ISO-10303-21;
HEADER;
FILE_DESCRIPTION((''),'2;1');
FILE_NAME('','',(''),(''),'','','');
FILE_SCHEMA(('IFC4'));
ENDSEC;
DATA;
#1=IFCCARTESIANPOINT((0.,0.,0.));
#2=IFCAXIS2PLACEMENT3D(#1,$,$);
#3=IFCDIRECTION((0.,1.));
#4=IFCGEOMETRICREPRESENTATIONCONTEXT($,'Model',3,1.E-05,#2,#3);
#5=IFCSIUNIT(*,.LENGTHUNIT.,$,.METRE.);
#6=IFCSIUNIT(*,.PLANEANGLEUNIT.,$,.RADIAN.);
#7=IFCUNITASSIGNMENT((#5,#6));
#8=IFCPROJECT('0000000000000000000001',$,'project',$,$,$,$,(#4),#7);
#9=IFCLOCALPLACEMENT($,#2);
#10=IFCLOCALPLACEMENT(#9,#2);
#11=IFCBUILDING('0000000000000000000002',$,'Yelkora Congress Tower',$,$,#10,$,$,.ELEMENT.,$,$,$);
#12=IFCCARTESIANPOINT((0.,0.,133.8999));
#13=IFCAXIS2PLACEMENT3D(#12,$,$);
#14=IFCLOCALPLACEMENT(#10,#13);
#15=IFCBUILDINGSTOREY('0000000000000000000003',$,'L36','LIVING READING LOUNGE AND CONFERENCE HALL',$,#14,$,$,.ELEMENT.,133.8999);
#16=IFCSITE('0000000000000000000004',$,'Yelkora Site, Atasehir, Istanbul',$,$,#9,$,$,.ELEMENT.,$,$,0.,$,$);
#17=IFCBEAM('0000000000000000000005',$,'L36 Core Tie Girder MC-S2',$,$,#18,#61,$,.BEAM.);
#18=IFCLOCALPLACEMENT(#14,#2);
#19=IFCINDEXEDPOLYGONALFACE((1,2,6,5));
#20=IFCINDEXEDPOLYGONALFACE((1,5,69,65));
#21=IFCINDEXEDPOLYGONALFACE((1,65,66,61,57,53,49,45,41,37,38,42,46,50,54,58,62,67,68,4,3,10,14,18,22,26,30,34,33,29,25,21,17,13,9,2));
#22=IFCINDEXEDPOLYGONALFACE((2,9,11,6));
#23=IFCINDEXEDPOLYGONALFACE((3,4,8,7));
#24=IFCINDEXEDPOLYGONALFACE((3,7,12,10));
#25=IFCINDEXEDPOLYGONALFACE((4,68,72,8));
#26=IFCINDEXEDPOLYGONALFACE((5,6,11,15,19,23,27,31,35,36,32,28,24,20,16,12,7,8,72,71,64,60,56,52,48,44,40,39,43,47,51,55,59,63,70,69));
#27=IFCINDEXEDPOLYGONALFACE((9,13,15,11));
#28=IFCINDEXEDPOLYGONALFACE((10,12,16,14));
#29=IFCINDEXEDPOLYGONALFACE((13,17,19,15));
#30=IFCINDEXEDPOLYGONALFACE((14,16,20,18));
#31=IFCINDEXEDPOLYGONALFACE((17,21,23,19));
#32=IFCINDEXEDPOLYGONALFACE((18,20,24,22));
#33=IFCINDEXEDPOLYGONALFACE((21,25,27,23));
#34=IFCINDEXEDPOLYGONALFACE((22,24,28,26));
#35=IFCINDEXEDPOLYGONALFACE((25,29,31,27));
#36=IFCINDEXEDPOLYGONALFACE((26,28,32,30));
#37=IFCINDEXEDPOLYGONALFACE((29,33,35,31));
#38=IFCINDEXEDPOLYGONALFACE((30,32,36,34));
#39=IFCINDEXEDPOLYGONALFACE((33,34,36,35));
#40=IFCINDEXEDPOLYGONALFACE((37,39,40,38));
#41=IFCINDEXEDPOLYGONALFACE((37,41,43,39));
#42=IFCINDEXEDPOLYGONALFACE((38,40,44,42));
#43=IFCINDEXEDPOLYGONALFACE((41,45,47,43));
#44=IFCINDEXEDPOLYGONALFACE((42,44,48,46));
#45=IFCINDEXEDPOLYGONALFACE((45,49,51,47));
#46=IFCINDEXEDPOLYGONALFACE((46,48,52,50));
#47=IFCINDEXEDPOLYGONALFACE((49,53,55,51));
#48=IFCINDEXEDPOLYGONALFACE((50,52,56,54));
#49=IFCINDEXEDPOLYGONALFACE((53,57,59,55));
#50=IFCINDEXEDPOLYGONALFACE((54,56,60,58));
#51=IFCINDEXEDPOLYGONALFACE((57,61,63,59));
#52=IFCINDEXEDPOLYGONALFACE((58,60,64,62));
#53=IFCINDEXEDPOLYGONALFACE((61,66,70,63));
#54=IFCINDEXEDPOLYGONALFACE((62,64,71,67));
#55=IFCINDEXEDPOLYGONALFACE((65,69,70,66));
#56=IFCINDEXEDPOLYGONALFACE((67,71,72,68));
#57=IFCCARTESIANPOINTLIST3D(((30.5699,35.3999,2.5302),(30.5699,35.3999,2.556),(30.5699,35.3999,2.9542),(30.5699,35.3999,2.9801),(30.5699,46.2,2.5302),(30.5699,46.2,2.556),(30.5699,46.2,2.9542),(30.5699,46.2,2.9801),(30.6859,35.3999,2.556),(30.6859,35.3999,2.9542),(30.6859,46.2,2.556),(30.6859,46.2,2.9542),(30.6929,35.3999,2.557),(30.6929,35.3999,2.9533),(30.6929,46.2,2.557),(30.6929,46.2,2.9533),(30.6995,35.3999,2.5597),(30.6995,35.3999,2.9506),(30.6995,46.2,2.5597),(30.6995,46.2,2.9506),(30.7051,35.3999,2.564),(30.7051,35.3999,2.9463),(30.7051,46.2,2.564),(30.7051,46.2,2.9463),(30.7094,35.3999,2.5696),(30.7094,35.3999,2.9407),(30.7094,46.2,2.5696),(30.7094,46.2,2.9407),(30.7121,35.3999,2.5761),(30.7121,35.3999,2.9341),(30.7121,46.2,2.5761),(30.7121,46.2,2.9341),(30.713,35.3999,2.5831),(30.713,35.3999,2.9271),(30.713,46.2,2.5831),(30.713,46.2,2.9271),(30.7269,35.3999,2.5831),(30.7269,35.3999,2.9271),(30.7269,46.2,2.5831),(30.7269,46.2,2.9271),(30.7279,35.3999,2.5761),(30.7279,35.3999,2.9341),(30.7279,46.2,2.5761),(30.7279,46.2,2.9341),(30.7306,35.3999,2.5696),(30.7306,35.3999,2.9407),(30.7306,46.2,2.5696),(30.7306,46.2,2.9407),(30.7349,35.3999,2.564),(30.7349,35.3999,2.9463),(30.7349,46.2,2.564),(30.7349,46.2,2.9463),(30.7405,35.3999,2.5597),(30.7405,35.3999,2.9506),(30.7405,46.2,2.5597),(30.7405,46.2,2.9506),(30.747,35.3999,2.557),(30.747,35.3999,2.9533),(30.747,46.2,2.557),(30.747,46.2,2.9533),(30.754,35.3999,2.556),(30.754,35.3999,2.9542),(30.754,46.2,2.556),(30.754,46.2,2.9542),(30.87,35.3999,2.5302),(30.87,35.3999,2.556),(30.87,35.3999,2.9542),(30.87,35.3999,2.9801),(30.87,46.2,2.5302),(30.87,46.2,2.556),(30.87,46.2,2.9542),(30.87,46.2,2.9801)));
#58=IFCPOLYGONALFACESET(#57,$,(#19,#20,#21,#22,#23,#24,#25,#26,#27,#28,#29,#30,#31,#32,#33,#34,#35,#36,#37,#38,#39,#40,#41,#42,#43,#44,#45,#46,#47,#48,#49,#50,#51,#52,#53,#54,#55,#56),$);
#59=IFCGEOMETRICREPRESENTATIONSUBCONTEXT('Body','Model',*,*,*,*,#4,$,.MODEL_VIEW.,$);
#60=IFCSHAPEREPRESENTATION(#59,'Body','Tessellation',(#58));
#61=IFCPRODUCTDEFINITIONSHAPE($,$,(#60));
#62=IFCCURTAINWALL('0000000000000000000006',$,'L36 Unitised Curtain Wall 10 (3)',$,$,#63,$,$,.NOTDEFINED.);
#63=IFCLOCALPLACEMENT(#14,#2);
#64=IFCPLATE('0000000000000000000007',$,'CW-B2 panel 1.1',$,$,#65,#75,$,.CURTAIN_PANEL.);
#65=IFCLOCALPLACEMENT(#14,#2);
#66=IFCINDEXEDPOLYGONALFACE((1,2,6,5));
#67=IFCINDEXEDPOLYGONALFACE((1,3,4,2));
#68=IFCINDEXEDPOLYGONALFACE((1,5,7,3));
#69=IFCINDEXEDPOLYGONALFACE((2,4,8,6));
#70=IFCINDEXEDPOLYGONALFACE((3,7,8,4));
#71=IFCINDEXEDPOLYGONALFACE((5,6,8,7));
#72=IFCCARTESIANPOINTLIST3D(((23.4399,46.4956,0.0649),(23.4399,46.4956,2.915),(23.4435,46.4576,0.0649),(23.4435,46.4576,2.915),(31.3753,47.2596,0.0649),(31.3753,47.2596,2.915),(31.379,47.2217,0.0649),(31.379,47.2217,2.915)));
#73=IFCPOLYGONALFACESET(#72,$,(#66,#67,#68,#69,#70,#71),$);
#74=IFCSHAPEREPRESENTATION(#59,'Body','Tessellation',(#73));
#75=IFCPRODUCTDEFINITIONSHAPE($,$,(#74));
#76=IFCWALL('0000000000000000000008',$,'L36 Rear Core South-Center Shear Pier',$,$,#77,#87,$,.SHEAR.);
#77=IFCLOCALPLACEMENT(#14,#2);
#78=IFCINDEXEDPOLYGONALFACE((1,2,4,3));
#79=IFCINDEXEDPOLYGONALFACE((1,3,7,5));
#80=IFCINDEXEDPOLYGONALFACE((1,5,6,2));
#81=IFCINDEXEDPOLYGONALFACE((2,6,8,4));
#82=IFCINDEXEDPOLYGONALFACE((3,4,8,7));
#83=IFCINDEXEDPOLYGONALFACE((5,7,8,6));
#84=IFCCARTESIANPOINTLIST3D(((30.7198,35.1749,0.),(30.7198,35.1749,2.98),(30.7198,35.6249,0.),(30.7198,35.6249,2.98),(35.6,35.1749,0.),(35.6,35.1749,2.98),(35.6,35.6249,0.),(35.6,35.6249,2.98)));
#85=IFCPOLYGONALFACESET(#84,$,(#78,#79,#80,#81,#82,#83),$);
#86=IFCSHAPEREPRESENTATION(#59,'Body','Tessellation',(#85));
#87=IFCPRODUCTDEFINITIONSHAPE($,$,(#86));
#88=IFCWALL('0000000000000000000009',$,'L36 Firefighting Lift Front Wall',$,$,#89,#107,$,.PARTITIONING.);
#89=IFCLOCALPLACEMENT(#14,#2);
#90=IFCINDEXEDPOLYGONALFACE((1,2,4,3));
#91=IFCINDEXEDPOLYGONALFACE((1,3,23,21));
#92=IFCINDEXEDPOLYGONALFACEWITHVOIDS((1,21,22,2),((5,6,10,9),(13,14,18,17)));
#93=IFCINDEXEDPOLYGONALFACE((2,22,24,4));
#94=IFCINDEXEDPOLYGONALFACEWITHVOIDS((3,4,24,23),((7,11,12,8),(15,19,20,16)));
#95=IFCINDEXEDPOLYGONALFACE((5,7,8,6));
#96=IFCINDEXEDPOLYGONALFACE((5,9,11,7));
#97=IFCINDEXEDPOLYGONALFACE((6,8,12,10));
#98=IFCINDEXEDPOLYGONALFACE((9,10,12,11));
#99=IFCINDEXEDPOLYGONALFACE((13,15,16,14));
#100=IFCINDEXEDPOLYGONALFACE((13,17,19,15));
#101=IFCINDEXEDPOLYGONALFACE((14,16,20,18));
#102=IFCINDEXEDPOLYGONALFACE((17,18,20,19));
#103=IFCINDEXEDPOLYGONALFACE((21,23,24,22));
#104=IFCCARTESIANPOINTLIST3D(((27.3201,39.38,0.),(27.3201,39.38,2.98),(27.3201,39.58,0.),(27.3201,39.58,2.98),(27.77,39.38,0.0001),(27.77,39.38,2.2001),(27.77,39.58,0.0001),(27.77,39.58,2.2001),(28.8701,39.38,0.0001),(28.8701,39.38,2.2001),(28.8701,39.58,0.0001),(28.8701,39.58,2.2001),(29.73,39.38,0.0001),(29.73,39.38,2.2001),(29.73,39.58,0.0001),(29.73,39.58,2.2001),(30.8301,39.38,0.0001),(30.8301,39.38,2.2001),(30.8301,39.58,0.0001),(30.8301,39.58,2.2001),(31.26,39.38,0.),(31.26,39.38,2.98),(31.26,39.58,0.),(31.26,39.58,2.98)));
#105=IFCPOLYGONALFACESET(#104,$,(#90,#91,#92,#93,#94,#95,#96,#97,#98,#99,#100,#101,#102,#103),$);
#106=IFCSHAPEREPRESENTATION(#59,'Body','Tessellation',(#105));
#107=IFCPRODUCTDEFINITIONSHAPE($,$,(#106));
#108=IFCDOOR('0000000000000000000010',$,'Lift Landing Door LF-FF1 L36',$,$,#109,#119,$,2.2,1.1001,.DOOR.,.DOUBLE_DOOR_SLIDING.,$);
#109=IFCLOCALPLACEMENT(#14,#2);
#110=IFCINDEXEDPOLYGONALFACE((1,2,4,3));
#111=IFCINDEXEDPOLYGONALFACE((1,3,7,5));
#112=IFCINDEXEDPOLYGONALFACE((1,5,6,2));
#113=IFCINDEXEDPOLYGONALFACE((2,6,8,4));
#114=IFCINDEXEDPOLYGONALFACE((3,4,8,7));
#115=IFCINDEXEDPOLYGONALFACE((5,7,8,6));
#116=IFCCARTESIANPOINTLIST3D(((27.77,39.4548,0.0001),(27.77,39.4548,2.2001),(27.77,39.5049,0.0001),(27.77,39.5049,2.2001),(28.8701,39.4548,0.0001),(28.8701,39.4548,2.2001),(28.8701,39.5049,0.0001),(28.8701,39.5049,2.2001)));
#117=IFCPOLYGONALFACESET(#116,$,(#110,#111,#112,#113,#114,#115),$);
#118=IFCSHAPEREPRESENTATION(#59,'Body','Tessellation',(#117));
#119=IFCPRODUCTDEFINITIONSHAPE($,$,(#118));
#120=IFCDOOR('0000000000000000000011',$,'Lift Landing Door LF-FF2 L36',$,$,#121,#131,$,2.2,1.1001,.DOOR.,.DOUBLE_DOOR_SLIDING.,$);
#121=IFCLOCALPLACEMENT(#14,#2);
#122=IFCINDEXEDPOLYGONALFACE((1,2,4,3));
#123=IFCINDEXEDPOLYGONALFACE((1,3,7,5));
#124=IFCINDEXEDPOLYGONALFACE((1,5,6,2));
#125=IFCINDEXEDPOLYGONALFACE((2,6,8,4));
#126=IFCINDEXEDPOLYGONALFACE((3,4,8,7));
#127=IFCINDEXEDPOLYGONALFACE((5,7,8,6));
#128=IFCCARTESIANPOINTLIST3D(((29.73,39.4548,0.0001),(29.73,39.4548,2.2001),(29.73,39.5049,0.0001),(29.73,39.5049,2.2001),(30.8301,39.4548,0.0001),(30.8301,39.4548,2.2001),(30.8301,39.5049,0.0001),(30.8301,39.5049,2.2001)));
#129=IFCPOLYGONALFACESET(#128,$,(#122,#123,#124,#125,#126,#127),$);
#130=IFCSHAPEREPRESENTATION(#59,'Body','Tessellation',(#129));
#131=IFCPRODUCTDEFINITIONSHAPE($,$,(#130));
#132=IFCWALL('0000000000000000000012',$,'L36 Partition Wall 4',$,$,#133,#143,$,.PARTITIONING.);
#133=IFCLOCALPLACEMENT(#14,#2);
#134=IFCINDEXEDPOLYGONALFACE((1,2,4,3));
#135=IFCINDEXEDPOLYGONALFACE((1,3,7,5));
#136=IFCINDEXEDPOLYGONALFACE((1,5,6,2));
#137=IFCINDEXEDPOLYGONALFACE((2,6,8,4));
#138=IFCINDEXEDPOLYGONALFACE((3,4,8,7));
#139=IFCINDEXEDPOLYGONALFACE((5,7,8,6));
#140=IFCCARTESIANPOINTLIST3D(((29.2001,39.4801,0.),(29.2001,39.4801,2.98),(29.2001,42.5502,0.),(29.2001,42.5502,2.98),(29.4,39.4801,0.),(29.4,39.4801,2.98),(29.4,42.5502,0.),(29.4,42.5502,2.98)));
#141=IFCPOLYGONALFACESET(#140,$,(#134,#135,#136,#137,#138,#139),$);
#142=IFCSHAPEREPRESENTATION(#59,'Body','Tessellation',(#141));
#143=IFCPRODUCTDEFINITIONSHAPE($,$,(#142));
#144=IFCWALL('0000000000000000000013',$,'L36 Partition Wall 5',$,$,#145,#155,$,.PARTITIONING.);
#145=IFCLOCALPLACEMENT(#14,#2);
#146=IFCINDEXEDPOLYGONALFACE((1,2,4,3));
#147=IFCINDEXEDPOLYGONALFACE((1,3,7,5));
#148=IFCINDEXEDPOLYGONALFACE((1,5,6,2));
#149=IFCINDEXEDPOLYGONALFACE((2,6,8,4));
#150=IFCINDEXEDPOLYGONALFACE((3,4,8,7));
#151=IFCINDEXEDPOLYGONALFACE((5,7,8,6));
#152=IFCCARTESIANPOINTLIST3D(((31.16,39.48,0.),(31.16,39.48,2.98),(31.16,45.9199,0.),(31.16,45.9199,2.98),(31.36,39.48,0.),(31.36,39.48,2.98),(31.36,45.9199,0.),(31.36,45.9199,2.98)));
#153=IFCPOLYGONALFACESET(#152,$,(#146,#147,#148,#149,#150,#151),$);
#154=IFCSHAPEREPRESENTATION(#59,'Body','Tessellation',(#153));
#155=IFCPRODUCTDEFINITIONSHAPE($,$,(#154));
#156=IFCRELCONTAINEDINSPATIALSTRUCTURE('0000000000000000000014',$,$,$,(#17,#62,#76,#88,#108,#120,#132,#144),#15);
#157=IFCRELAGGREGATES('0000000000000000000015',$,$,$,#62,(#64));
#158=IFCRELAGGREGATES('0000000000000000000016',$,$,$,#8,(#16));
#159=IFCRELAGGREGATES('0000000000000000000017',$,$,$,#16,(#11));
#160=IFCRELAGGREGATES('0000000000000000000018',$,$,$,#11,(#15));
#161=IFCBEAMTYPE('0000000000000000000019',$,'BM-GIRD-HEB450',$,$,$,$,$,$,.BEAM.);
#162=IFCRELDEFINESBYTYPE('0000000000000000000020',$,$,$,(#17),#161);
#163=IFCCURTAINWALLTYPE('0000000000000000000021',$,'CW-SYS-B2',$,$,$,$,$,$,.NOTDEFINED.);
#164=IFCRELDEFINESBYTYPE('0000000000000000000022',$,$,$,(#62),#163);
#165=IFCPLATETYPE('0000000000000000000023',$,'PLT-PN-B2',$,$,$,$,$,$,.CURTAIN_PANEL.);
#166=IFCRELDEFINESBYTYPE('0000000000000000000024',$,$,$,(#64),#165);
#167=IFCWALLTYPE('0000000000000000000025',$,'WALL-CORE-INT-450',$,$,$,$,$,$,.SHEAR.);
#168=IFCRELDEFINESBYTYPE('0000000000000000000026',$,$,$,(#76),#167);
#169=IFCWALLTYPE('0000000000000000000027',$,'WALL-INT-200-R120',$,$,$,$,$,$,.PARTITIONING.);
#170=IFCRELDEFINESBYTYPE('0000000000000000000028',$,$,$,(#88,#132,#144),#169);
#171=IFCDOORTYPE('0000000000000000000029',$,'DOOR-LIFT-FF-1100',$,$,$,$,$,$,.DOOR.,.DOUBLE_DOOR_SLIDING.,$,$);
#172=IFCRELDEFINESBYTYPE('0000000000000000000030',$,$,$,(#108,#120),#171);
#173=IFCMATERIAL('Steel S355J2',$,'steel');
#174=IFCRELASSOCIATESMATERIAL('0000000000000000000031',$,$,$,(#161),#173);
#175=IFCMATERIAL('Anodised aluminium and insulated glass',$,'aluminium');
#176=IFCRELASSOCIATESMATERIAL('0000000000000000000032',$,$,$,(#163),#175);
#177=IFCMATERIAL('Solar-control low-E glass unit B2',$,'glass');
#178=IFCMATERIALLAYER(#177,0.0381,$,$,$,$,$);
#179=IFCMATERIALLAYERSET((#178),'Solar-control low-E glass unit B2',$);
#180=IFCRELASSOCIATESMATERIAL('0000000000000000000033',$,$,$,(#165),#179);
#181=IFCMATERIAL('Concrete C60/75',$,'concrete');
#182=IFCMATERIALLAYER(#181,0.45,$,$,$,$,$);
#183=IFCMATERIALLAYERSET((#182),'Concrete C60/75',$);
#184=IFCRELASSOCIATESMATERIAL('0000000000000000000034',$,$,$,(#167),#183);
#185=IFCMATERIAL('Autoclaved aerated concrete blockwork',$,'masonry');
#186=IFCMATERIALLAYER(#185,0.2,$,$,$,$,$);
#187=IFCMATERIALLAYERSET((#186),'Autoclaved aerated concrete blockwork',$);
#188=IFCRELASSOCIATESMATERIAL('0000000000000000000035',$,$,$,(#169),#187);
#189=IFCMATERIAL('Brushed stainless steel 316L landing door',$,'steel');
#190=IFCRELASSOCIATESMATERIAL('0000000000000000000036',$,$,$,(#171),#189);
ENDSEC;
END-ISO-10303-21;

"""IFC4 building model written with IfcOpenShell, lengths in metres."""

from ifc_helpers import new_model, si_unit, direction, frame, frame_2d, origin, origin_2d, place, context, subcontext, project, spatial, rectangle, i_section, extrude, material, layer, layer_set, material_profile, profile_set, type_object, element, fill, aggregate, save


model = new_model("IFC4")

# Units and contexts
model_context = context("Model", 3, precision=1e-05, world=origin(), true_north=direction((0.0, 1.0)))
body_context = subcontext(model_context, "Body", "Model", "MODEL_VIEW")
ifc_project = project(units=[si_unit("LENGTHUNIT", "METRE"), si_unit("PLANEANGLEUNIT", "RADIAN")], contexts=[model_context])

# Site, building, storey
site_placement = place(None, origin())
site = spatial("IfcSite", under=ifc_project, at=site_placement, Name="Yelkora Site, Atasehir, Istanbul", CompositionType="ELEMENT", RefElevation=0.0)
building_placement = place(site_placement, origin())
building = spatial("IfcBuilding", under=site, at=building_placement, Name="Yelkora Congress Tower", CompositionType="ELEMENT")
storey_placement = place(building_placement, frame((0.0, 0.0, 133.8999)))
storey = spatial("IfcBuildingStorey", under=building, at=storey_placement, Name="L36", Description="LIVING READING LOUNGE AND CONFERENCE HALL", CompositionType="ELEMENT", Elevation=133.8999)

# Beam
ifc_material_1 = material(Name="Steel S355J2", Category="steel")
ifc_material_profile_1 = material_profile(ifc_material_1, i_section(OverallWidth=0.3, OverallDepth=0.45, WebThickness=0.0139, FlangeThickness=0.0259, FilletRadius=0.0271, at=origin_2d()), Name="HEB 450")
ifc_profile_set_1 = profile_set([ifc_material_profile_1], Name="Steel S355J2")
beam_type = type_object("IfcBeamType", Name="BM-GIRD-HEB450", PredefinedType="BEAM", material=ifc_profile_set_1)
beam_placement = place(storey_placement, frame((30.72, 35.3999, 2.7551), z_axis=(0.0, 1.0, 0.0), x_axis=(-1.0, 0.0, 0.0)))
element("IfcBeam", 1, at=beam_placement, inside=storey, type_object=beam_type, Name="L36 Core Tie Girder MC-S2", PredefinedType="BEAM", context=body_context, shape_type="SweptSolid", body=[
    extrude(i_section(OverallWidth=0.3, OverallDepth=0.45, WebThickness=0.0139, FlangeThickness=0.0259, FilletRadius=0.0271, at=origin_2d()), origin(), (0.0, 0.0, 1.0), 10.8),
])

# Curtain wall, plate
ifc_material_2 = material(Name="Anodised aluminium and insulated glass", Category="aluminium")
curtain_wall_type = type_object("IfcCurtainWallType", Name="CW-SYS-B2", PredefinedType="NOTDEFINED", material=ifc_material_2)
curtain_wall_placement = place(storey_placement, origin())
curtain_wall = element("IfcCurtainWall", 2, at=curtain_wall_placement, inside=storey, type_object=curtain_wall_type, Name="L36 Unitised Curtain Wall 10 (3)", PredefinedType="NOTDEFINED")
ifc_material_3 = material(Name="Solar-control low-E glass unit B2", Category="glass")
ifc_layer_1 = layer(ifc_material_3, 0.0381)
ifc_layer_set_1 = layer_set([ifc_layer_1], Name="Solar-control low-E glass unit B2")
plate_type = type_object("IfcPlateType", Name="PLT-PN-B2", PredefinedType="CURTAIN_PANEL", material=ifc_layer_set_1)
plate_placement = place(storey_placement, frame((27.4094, 46.8586, 0.0649), z_axis=(0.0, 0.0, 1.0), x_axis=(0.995396, 0.095844, 0.0)))
plate = element("IfcPlate", 3, at=plate_placement, type_object=plate_type, Name="CW-B2 panel 1.1", PredefinedType="CURTAIN_PANEL", context=body_context, shape_type="SweptSolid", body=[
    extrude(rectangle(XDim=7.9722, YDim=0.0381, at=origin_2d()), origin(), (0.0, 0.0, 1.0), 2.8501),
])
aggregate(curtain_wall, [plate])

# Wall
ifc_material_4 = material(Name="Concrete C60/75", Category="concrete")
ifc_layer_2 = layer(ifc_material_4, 0.45)
ifc_layer_set_2 = layer_set([ifc_layer_2], Name="Concrete C60/75")
wall_type_1 = type_object("IfcWallType", Name="WALL-CORE-INT-450", PredefinedType="SHEAR", material=ifc_layer_set_2)
wall_1_placement = place(storey_placement, frame((30.72, 35.3999, 0.0), z_axis=(0.0, 0.0, 1.0), x_axis=(1.0, 0.0, 0.0)))
element("IfcWall", 4, at=wall_1_placement, inside=storey, type_object=wall_type_1, Name="L36 Rear Core South-Center Shear Pier", PredefinedType="SHEAR", context=body_context, shape_type="SweptSolid", body=[
    extrude(rectangle(XDim=4.8801, YDim=0.45, at=frame_2d((2.4399, 0.0))), origin(), (0.0, 0.0, 1.0), 2.98),
])

# Shared definitions
ifc_material_5 = material(Name="Autoclaved aerated concrete blockwork", Category="masonry")
ifc_layer_3 = layer(ifc_material_5, 0.2)
ifc_layer_set_3 = layer_set([ifc_layer_3], Name="Autoclaved aerated concrete blockwork")
wall_type_2 = type_object("IfcWallType", Name="WALL-INT-200-R120", PredefinedType="PARTITIONING", material=ifc_layer_set_3)

# Wall, openings, doors
wall_2_placement = place(storey_placement, frame((27.3201, 39.48, 0.0), z_axis=(0.0, 0.0, 1.0), x_axis=(1.0, 0.0, 0.0)))
wall_2 = element("IfcWall", 5, at=wall_2_placement, inside=storey, type_object=wall_type_2, Name="L36 Firefighting Lift Front Wall", PredefinedType="PARTITIONING", context=body_context, shape_type="SweptSolid", body=[
    extrude(rectangle(XDim=3.9399, YDim=0.2, at=frame_2d((1.97, 0.0))), origin(), (0.0, 0.0, 1.0), 2.98),
])
opening_1_placement = place(wall_2_placement, frame((0.45, 0.0, 0.0)))
opening_1 = element("IfcOpeningElement", 6, at=opening_1_placement, cuts=wall_2, PredefinedType="OPENING", context=body_context, shape_type="SweptSolid", body=[
    extrude(rectangle(XDim=1.1001, YDim=2.2, at=frame_2d((0.55, 1.1001))), frame((0.0, 0.1099, 0.0), z_axis=(0.0, -1.0, 0.0), x_axis=(1.0, 0.0, 0.0)), (0.0, 0.0, 1.0), 0.22),
])
opening_2_placement = place(wall_2_placement, frame((2.4099, 0.0, 0.0)))
opening_2 = element("IfcOpeningElement", 7, at=opening_2_placement, cuts=wall_2, PredefinedType="OPENING", context=body_context, shape_type="SweptSolid", body=[
    extrude(rectangle(XDim=1.1001, YDim=2.2, at=frame_2d((0.55, 1.1001))), frame((0.0, 0.1099, 0.0), z_axis=(0.0, -1.0, 0.0), x_axis=(1.0, 0.0, 0.0)), (0.0, 0.0, 1.0), 0.22),
])
ifc_material_6 = material(Name="Brushed stainless steel 316L landing door", Category="steel")
door_type_1 = type_object("IfcDoorType", Name="DOOR-LIFT-FF-1100", OperationType="DOUBLE_DOOR_SLIDING", PredefinedType="DOOR", material=ifc_material_6)
door_1_placement = place(opening_1_placement, origin())
door_1 = element("IfcDoor", 8, at=door_1_placement, inside=storey, type_object=door_type_1, Name="Lift Landing Door LF-FF1 L36", OperationType="DOUBLE_DOOR_SLIDING", OverallHeight=2.2, OverallWidth=1.1001, PredefinedType="DOOR", context=body_context, shape_type="SweptSolid", body=[
    extrude(rectangle(XDim=1.1001, YDim=2.2, at=frame_2d((0.55, 1.1001))), frame((0.0, 0.0249, 0.0), z_axis=(0.0, -1.0, 0.0), x_axis=(1.0, 0.0, 0.0)), (0.0, 0.0, 1.0), 0.05),
])
fill(opening_1, door_1)
door_2_placement = place(opening_2_placement, origin())
door_2 = element("IfcDoor", 9, at=door_2_placement, inside=storey, type_object=door_type_1, Name="Lift Landing Door LF-FF2 L36", OperationType="DOUBLE_DOOR_SLIDING", OverallHeight=2.2, OverallWidth=1.1001, PredefinedType="DOOR", context=body_context, shape_type="SweptSolid", body=[
    extrude(rectangle(XDim=1.1001, YDim=2.2, at=frame_2d((0.55, 1.1001))), frame((0.0, 0.0249, 0.0), z_axis=(0.0, -1.0, 0.0), x_axis=(1.0, 0.0, 0.0)), (0.0, 0.0, 1.0), 0.05),
])
fill(opening_2, door_2)

# Walls
wall_3_placement = place(storey_placement, frame((29.3, 39.48, 0.0), z_axis=(0.0, 0.0, 1.0), x_axis=(0.0, 1.0, 0.0)))
element("IfcWall", 10, at=wall_3_placement, inside=storey, type_object=wall_type_2, Name="L36 Partition Wall 4", PredefinedType="PARTITIONING", context=body_context, shape_type="SweptSolid", body=[
    extrude(rectangle(XDim=3.0701, YDim=0.2, at=frame_2d((1.5352, 0.0))), origin(), (0.0, 0.0, 1.0), 2.98),
])
wall_4_placement = place(storey_placement, frame((31.26, 39.48, 0.0), z_axis=(0.0, 0.0, 1.0), x_axis=(0.0, 1.0, 0.0)))
element("IfcWall", 11, at=wall_4_placement, inside=storey, type_object=wall_type_2, Name="L36 Partition Wall 5", PredefinedType="PARTITIONING", context=body_context, shape_type="SweptSolid", body=[
    extrude(rectangle(XDim=6.4399, YDim=0.2, at=frame_2d((3.22, 0.0))), origin(), (0.0, 0.0, 1.0), 2.98),
])

save(model, "model.ifc")
